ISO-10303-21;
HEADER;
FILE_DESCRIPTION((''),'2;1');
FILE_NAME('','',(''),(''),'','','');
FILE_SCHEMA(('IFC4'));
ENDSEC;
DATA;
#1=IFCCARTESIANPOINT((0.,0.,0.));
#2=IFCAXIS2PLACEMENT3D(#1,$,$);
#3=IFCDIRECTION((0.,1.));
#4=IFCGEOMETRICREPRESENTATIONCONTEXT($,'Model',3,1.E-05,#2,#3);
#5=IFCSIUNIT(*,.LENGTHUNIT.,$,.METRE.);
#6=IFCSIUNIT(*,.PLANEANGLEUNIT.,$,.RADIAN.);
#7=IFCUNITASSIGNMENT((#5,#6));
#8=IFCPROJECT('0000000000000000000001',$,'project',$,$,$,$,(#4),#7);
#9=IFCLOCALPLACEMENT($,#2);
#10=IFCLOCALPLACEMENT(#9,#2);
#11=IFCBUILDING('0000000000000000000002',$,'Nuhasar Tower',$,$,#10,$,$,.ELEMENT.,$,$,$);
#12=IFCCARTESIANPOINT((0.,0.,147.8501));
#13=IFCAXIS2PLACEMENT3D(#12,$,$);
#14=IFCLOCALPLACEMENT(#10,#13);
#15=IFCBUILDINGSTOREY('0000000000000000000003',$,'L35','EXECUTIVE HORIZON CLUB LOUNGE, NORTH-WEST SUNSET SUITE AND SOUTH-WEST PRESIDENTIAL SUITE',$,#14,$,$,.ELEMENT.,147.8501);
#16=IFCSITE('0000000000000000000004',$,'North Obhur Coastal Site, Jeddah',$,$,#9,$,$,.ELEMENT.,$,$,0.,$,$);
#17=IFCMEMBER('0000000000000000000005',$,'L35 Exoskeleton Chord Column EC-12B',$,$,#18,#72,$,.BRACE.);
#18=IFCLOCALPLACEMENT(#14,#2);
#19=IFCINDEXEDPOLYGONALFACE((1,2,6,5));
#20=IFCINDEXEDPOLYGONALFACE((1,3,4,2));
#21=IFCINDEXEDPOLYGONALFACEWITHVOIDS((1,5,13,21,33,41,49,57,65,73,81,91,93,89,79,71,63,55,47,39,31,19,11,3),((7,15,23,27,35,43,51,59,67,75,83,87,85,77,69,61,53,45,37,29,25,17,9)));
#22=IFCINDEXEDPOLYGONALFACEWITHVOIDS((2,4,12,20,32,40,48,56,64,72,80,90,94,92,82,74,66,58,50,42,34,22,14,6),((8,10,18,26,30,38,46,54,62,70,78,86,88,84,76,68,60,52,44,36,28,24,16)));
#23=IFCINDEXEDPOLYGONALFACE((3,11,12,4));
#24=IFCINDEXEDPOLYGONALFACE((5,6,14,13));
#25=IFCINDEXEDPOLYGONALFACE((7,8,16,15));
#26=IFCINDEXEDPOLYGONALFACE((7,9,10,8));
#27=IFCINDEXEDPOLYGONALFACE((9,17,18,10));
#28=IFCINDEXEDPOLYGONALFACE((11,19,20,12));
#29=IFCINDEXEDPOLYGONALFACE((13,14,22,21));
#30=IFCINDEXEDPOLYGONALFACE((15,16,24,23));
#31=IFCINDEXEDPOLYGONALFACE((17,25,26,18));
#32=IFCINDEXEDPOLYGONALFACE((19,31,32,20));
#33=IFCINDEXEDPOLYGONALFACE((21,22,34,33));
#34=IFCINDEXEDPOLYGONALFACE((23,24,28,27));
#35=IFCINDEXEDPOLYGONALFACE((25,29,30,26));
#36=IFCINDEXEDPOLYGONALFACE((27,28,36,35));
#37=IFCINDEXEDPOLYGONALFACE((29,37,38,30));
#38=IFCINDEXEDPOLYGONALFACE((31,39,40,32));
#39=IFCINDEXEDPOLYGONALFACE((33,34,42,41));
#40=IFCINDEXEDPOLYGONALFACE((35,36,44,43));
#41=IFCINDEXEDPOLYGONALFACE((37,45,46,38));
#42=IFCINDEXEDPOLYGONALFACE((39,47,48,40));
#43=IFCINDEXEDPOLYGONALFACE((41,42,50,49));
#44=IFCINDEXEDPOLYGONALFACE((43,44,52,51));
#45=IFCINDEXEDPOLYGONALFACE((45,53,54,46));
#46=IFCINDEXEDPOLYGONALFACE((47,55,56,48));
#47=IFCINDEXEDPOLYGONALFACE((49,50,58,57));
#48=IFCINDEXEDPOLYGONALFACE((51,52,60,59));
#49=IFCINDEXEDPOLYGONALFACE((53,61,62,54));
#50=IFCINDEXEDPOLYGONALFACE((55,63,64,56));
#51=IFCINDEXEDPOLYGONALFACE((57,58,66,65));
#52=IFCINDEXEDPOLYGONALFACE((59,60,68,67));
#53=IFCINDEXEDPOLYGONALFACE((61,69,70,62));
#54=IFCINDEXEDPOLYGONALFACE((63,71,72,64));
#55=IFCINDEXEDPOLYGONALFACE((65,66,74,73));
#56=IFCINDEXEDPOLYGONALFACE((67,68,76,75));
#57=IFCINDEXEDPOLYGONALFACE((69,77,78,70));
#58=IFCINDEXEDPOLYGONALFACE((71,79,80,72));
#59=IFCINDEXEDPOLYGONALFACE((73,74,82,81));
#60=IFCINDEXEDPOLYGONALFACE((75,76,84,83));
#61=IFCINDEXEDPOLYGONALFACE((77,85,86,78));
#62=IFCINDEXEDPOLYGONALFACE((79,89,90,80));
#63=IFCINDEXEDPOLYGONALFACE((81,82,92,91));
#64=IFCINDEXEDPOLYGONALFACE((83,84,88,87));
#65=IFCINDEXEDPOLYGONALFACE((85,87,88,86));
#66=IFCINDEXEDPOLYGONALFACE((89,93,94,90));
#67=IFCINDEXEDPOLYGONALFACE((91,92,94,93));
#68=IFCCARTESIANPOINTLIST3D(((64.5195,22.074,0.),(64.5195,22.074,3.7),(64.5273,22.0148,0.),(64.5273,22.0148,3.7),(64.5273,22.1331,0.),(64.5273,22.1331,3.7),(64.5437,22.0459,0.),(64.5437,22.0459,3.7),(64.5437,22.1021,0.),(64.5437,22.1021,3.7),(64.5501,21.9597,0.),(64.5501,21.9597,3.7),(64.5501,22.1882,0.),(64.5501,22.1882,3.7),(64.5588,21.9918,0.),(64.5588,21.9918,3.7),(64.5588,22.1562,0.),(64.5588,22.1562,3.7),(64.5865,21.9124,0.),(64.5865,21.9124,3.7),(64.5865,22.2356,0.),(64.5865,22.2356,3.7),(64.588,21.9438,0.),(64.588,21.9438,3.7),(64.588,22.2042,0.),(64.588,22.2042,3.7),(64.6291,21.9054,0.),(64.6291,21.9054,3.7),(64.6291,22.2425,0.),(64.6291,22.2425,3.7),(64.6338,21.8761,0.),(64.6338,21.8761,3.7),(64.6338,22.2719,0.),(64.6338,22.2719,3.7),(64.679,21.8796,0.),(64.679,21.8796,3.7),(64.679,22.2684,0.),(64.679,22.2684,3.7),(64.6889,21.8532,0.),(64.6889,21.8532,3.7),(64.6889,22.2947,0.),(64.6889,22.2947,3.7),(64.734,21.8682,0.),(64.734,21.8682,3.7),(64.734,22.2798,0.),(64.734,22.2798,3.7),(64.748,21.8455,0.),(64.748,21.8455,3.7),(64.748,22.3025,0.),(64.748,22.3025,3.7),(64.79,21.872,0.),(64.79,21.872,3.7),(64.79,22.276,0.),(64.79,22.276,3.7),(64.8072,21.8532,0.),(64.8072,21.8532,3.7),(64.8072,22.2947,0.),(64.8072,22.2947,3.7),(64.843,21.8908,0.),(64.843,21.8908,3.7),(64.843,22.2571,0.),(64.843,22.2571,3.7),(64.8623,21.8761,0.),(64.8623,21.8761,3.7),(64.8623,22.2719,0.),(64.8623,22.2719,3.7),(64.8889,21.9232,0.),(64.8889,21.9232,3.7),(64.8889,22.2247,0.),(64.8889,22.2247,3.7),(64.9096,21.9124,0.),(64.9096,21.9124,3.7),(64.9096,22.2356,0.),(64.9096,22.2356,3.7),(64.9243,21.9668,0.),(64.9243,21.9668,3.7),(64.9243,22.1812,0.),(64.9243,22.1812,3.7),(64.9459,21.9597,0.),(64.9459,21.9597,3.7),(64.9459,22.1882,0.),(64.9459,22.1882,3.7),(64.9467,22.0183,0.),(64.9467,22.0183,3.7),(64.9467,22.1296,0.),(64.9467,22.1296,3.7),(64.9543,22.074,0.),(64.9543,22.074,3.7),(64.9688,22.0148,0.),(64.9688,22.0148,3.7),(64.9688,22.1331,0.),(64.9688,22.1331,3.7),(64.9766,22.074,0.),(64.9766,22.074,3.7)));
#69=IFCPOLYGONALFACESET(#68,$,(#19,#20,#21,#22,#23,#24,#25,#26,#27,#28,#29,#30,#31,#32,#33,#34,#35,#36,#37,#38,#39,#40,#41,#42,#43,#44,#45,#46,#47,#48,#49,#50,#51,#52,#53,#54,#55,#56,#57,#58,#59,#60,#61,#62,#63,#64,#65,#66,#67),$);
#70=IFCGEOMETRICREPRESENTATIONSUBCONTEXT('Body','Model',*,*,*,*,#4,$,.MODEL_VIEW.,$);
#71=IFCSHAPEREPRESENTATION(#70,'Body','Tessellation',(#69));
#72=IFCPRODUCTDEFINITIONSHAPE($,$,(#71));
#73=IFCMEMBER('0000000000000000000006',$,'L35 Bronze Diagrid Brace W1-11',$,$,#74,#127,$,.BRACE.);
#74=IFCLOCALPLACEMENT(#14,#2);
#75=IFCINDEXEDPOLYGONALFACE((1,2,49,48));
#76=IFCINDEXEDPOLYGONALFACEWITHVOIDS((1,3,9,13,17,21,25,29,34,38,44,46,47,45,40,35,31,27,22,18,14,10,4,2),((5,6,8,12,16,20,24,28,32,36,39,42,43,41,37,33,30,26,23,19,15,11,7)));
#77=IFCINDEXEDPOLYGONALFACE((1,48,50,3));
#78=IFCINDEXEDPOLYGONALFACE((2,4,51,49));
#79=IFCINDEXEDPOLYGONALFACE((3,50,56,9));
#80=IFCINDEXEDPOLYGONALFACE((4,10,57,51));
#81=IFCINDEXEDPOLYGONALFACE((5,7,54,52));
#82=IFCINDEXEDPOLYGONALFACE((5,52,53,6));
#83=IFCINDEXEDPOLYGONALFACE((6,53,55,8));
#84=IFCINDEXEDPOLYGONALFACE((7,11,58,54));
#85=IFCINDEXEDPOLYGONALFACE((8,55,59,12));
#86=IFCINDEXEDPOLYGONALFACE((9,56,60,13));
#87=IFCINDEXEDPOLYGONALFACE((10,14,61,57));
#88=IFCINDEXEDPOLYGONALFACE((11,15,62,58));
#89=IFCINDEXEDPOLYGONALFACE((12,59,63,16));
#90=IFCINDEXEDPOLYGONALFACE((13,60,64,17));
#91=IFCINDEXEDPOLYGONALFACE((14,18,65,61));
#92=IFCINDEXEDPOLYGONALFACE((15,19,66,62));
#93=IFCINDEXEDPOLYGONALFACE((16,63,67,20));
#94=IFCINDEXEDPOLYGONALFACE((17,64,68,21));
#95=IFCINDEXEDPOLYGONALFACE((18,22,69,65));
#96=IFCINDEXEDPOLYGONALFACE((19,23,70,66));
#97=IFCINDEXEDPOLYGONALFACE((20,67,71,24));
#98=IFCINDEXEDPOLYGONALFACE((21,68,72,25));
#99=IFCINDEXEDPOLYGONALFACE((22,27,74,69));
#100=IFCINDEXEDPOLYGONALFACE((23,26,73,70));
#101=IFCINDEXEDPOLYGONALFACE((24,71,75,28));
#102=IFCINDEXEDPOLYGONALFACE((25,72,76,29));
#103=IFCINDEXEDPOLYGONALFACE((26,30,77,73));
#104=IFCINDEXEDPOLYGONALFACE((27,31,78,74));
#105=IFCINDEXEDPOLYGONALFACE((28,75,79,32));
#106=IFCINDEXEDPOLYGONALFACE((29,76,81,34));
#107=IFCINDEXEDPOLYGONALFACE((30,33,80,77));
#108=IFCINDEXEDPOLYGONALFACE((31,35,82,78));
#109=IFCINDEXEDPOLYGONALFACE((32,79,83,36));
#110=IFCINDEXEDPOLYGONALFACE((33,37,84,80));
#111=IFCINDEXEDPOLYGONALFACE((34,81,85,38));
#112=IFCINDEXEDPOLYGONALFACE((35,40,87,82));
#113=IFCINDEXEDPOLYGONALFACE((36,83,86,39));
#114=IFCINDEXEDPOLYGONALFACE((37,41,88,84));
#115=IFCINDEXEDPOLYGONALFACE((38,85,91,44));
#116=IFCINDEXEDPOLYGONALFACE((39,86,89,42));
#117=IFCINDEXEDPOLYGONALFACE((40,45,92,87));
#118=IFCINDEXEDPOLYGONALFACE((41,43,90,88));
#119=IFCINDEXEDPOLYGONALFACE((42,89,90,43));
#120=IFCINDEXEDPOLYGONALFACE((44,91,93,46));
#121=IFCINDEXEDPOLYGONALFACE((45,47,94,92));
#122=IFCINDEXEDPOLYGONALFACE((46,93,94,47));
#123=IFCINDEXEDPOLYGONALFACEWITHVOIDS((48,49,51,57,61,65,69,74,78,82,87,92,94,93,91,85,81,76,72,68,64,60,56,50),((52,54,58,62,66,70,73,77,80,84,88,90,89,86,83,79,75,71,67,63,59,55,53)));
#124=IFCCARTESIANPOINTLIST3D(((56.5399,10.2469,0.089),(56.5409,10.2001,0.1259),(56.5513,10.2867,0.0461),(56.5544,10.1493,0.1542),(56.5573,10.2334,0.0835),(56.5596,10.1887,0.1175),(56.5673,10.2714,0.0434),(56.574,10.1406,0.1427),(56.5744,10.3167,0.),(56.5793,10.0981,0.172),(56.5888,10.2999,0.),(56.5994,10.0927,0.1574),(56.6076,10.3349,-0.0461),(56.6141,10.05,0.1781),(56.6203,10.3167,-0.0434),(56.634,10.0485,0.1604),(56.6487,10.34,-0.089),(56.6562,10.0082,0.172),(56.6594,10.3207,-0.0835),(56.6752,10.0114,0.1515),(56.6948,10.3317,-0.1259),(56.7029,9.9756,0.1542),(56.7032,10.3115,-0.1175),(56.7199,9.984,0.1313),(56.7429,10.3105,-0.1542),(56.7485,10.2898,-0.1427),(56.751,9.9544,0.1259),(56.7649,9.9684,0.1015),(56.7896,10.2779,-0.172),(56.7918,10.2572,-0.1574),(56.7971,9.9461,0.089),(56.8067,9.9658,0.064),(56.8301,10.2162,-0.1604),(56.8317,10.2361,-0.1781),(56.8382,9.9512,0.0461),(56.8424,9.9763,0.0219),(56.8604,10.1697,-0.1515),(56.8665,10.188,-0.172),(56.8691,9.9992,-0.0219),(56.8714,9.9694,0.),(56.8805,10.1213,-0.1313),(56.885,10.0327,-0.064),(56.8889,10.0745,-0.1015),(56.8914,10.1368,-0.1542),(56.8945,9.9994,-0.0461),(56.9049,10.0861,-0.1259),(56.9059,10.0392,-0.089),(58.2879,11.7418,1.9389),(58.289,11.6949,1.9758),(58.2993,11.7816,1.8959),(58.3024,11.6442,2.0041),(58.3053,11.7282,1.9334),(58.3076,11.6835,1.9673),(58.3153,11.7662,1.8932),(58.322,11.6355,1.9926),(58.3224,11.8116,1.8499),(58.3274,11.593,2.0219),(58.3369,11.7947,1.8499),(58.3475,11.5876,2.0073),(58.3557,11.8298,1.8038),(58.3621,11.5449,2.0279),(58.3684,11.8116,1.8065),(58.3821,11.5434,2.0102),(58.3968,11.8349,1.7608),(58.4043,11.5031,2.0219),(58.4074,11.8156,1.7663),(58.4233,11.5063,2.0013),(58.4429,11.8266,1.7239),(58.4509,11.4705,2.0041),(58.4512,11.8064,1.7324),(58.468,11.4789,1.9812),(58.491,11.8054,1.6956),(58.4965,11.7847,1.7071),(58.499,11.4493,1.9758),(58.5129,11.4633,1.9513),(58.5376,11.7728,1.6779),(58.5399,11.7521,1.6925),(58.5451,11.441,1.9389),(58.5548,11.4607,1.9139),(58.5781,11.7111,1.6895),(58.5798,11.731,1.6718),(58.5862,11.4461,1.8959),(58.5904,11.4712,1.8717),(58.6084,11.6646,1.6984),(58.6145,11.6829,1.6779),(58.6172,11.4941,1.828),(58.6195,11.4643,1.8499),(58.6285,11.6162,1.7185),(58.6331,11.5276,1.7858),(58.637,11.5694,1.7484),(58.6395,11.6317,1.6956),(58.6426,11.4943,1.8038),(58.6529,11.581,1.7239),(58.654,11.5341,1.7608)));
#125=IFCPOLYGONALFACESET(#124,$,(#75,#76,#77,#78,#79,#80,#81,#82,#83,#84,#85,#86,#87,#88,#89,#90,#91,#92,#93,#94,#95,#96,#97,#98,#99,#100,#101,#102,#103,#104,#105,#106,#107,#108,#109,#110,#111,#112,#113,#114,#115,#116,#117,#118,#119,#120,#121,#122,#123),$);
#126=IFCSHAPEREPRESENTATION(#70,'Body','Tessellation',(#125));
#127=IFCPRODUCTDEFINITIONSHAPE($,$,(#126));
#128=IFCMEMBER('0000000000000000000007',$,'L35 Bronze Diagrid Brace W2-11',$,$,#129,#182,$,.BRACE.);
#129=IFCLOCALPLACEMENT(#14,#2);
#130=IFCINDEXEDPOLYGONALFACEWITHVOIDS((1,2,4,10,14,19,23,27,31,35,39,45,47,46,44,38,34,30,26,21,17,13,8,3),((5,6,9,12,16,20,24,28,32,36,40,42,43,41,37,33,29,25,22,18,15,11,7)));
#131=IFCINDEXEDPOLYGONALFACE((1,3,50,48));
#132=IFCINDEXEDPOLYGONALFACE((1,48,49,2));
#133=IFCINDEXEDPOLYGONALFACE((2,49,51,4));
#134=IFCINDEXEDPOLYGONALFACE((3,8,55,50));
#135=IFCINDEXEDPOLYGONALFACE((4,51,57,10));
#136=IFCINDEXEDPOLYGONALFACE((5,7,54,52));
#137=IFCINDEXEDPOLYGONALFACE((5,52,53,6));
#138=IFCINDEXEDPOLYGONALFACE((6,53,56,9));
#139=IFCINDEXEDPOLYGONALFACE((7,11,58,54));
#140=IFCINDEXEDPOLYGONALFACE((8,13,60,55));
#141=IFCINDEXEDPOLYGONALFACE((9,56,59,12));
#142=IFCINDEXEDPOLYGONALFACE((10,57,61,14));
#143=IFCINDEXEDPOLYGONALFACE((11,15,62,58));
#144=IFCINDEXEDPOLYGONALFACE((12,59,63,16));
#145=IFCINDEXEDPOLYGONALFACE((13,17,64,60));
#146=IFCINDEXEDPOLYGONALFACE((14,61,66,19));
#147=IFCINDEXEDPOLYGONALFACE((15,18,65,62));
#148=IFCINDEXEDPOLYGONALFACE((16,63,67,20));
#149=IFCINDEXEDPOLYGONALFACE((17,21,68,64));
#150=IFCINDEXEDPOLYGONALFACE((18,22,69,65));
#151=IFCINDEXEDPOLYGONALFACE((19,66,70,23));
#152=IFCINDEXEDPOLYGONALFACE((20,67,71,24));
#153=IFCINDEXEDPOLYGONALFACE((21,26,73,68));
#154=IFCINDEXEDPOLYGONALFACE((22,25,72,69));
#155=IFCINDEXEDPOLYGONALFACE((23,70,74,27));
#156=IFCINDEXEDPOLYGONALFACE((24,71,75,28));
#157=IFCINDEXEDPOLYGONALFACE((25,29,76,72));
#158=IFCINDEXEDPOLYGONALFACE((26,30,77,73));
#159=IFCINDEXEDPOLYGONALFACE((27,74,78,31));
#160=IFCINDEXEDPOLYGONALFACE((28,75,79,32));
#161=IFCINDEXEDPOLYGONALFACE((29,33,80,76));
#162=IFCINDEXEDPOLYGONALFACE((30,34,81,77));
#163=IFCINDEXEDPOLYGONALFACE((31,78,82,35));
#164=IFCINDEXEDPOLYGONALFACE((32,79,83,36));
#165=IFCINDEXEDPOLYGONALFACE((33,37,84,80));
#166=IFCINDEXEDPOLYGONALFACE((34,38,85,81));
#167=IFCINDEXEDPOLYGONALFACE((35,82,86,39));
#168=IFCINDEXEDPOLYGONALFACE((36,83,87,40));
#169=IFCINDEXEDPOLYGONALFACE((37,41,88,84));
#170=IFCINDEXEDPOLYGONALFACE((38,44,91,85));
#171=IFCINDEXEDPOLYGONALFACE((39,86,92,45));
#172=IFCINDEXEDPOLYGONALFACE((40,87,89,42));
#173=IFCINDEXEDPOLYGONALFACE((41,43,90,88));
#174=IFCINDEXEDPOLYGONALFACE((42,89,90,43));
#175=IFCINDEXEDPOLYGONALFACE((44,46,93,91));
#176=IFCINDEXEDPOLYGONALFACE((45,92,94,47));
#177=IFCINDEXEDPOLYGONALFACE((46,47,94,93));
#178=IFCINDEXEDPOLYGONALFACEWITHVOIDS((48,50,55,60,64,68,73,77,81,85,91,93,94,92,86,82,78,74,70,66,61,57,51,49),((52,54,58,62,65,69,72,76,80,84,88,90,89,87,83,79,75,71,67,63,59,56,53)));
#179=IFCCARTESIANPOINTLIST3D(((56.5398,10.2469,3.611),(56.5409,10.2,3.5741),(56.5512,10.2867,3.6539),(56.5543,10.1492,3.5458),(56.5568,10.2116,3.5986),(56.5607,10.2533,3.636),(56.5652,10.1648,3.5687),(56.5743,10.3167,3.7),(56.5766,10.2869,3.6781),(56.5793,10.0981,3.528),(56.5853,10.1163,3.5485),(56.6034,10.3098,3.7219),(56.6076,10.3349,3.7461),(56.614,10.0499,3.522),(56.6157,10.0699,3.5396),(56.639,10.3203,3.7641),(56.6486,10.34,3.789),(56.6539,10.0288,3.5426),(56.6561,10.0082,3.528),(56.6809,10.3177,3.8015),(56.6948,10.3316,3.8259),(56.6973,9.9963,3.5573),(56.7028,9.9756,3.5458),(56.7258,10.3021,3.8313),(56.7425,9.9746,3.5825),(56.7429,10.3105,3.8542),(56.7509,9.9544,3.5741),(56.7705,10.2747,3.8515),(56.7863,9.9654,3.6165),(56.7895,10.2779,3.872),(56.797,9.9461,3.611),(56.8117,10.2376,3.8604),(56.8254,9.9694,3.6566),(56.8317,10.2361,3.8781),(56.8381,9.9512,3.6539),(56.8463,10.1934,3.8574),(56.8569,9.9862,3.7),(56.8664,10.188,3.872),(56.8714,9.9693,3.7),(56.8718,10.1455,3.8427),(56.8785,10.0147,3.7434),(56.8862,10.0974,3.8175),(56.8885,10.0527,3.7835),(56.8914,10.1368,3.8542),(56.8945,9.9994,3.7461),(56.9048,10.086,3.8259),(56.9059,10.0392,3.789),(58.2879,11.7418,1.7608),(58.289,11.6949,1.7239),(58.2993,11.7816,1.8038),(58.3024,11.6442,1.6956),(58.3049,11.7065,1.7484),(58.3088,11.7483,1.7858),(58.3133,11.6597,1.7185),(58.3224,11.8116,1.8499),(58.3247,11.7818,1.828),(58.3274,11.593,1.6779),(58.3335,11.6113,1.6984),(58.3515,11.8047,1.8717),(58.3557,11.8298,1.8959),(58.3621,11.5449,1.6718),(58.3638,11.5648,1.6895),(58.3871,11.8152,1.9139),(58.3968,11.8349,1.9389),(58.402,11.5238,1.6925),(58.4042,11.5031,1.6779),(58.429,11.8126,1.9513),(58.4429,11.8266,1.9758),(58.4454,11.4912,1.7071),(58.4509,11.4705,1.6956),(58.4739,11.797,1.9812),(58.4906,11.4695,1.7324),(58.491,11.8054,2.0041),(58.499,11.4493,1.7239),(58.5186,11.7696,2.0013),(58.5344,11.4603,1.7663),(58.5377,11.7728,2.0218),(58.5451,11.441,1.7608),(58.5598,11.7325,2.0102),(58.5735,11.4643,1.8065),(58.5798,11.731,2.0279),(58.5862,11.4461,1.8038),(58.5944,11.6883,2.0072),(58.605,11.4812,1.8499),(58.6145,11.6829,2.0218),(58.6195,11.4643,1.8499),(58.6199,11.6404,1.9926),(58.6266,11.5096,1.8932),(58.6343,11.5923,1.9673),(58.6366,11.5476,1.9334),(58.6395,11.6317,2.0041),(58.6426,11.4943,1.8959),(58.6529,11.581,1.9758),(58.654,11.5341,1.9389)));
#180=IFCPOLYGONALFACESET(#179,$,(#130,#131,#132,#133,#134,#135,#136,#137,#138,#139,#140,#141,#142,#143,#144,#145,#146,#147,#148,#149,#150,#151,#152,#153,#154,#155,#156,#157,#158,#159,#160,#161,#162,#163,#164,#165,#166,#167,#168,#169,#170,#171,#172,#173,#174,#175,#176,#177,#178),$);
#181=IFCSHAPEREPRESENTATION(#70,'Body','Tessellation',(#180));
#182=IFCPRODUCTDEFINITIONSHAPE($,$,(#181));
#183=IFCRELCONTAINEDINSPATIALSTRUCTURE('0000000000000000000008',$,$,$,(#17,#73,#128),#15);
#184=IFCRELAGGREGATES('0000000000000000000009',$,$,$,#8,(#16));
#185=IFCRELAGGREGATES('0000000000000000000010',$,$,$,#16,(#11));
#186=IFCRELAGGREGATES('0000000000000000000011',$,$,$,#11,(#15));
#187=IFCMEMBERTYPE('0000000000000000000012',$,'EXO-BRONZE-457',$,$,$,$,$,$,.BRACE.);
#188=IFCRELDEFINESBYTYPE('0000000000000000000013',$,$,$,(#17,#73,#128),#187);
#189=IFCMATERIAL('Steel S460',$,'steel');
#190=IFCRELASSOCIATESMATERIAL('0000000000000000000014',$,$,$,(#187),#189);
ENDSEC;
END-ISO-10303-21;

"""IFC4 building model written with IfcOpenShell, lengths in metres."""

from ifc_helpers import new_model, si_unit, direction, frame, origin, origin_2d, place, context, subcontext, project, spatial, hollow_circle, extrude, material, material_profile, profile_set, type_object, element, save


model = new_model("IFC4")

# Units and contexts
model_context = context("Model", 3, precision=1e-05, world=origin(), true_north=direction((0.0, 1.0)))
body_context = subcontext(model_context, "Body", "Model", "MODEL_VIEW")
ifc_project = project(units=[si_unit("LENGTHUNIT", "METRE"), si_unit("PLANEANGLEUNIT", "RADIAN")], contexts=[model_context])

# Site, building, storey
site_placement = place(None, origin())
site = spatial("IfcSite", under=ifc_project, at=site_placement, Name="North Obhur Coastal Site, Jeddah", CompositionType="ELEMENT", RefElevation=0.0)
building_placement = place(site_placement, origin())
building = spatial("IfcBuilding", under=site, at=building_placement, Name="Nuhasar Tower", CompositionType="ELEMENT")
storey_placement = place(building_placement, frame((0.0, 0.0, 147.8501)))
storey = spatial("IfcBuildingStorey", under=building, at=storey_placement, Name="L35", Description="EXECUTIVE HORIZON CLUB LOUNGE, NORTH-WEST SUNSET SUITE AND SOUTH-WEST PRESIDENTIAL SUITE", CompositionType="ELEMENT", Elevation=147.8501)

# Members
ifc_material_1 = material(Name="Steel S460", Category="steel")
ifc_material_profile_1 = material_profile(ifc_material_1, hollow_circle(Radius=0.2285, WallThickness=0.0222, at=origin_2d()), Name="HSS457X22.2")
ifc_profile_set_1 = profile_set([ifc_material_profile_1], Name="Steel S460")
member_type_1 = type_object("IfcMemberType", Name="EXO-BRONZE-457", PredefinedType="BRACE", material=ifc_profile_set_1)
for number, where, z_axis, x_axis, name in (
    (1, (64.748, 22.074, 0.0), (0.0, 0.0, 1.0), (1.0, 0.0, 0.0), "L35 Exoskeleton Chord Column EC-12B"),
):
    element("IfcMember", number, at=place(storey_placement, frame(where, z_axis=z_axis, x_axis=x_axis)), inside=storey, type_object=member_type_1, Name=name, PredefinedType="BRACE", context=body_context, shape_type="SweptSolid", body=[
        extrude(hollow_circle(Radius=0.2285, WallThickness=0.0222, at=origin_2d()), origin(), (0.0, 0.0, 1.0), 3.7),
    ])
member_1_placement = place(storey_placement, frame((56.7229, 10.1431, 0.0), z_axis=(0.592226, 0.506452, 0.626717), x_axis=(-0.649926, 0.759998, 0.0)))
element("IfcMember", 2, at=member_1_placement, inside=storey, type_object=member_type_1, Name="L35 Bronze Diagrid Brace W1-11", PredefinedType="BRACE", context=body_context, shape_type="SweptSolid", body=[
    extrude(hollow_circle(Radius=0.2285, WallThickness=0.0222, at=origin_2d()), origin(), (0.0, 0.0, 1.0), 2.9517),
])
for number, where, z_axis, x_axis, name in (
    (3, (58.4709, 11.6379, 1.8499), (-0.592195, -0.506426, 0.626767), (0.649926, -0.759998, 0.0), "L35 Bronze Diagrid Brace W2-11"),
):
    element("IfcMember", number, at=place(storey_placement, frame(where, z_axis=z_axis, x_axis=x_axis)), inside=storey, type_object=member_type_1, Name=name, PredefinedType="BRACE", context=body_context, shape_type="SweptSolid", body=[
        extrude(hollow_circle(Radius=0.2285, WallThickness=0.0222, at=origin_2d()), origin(), (0.0, 0.0, 1.0), 2.9519),
    ])

save(model, "model.ifc")
